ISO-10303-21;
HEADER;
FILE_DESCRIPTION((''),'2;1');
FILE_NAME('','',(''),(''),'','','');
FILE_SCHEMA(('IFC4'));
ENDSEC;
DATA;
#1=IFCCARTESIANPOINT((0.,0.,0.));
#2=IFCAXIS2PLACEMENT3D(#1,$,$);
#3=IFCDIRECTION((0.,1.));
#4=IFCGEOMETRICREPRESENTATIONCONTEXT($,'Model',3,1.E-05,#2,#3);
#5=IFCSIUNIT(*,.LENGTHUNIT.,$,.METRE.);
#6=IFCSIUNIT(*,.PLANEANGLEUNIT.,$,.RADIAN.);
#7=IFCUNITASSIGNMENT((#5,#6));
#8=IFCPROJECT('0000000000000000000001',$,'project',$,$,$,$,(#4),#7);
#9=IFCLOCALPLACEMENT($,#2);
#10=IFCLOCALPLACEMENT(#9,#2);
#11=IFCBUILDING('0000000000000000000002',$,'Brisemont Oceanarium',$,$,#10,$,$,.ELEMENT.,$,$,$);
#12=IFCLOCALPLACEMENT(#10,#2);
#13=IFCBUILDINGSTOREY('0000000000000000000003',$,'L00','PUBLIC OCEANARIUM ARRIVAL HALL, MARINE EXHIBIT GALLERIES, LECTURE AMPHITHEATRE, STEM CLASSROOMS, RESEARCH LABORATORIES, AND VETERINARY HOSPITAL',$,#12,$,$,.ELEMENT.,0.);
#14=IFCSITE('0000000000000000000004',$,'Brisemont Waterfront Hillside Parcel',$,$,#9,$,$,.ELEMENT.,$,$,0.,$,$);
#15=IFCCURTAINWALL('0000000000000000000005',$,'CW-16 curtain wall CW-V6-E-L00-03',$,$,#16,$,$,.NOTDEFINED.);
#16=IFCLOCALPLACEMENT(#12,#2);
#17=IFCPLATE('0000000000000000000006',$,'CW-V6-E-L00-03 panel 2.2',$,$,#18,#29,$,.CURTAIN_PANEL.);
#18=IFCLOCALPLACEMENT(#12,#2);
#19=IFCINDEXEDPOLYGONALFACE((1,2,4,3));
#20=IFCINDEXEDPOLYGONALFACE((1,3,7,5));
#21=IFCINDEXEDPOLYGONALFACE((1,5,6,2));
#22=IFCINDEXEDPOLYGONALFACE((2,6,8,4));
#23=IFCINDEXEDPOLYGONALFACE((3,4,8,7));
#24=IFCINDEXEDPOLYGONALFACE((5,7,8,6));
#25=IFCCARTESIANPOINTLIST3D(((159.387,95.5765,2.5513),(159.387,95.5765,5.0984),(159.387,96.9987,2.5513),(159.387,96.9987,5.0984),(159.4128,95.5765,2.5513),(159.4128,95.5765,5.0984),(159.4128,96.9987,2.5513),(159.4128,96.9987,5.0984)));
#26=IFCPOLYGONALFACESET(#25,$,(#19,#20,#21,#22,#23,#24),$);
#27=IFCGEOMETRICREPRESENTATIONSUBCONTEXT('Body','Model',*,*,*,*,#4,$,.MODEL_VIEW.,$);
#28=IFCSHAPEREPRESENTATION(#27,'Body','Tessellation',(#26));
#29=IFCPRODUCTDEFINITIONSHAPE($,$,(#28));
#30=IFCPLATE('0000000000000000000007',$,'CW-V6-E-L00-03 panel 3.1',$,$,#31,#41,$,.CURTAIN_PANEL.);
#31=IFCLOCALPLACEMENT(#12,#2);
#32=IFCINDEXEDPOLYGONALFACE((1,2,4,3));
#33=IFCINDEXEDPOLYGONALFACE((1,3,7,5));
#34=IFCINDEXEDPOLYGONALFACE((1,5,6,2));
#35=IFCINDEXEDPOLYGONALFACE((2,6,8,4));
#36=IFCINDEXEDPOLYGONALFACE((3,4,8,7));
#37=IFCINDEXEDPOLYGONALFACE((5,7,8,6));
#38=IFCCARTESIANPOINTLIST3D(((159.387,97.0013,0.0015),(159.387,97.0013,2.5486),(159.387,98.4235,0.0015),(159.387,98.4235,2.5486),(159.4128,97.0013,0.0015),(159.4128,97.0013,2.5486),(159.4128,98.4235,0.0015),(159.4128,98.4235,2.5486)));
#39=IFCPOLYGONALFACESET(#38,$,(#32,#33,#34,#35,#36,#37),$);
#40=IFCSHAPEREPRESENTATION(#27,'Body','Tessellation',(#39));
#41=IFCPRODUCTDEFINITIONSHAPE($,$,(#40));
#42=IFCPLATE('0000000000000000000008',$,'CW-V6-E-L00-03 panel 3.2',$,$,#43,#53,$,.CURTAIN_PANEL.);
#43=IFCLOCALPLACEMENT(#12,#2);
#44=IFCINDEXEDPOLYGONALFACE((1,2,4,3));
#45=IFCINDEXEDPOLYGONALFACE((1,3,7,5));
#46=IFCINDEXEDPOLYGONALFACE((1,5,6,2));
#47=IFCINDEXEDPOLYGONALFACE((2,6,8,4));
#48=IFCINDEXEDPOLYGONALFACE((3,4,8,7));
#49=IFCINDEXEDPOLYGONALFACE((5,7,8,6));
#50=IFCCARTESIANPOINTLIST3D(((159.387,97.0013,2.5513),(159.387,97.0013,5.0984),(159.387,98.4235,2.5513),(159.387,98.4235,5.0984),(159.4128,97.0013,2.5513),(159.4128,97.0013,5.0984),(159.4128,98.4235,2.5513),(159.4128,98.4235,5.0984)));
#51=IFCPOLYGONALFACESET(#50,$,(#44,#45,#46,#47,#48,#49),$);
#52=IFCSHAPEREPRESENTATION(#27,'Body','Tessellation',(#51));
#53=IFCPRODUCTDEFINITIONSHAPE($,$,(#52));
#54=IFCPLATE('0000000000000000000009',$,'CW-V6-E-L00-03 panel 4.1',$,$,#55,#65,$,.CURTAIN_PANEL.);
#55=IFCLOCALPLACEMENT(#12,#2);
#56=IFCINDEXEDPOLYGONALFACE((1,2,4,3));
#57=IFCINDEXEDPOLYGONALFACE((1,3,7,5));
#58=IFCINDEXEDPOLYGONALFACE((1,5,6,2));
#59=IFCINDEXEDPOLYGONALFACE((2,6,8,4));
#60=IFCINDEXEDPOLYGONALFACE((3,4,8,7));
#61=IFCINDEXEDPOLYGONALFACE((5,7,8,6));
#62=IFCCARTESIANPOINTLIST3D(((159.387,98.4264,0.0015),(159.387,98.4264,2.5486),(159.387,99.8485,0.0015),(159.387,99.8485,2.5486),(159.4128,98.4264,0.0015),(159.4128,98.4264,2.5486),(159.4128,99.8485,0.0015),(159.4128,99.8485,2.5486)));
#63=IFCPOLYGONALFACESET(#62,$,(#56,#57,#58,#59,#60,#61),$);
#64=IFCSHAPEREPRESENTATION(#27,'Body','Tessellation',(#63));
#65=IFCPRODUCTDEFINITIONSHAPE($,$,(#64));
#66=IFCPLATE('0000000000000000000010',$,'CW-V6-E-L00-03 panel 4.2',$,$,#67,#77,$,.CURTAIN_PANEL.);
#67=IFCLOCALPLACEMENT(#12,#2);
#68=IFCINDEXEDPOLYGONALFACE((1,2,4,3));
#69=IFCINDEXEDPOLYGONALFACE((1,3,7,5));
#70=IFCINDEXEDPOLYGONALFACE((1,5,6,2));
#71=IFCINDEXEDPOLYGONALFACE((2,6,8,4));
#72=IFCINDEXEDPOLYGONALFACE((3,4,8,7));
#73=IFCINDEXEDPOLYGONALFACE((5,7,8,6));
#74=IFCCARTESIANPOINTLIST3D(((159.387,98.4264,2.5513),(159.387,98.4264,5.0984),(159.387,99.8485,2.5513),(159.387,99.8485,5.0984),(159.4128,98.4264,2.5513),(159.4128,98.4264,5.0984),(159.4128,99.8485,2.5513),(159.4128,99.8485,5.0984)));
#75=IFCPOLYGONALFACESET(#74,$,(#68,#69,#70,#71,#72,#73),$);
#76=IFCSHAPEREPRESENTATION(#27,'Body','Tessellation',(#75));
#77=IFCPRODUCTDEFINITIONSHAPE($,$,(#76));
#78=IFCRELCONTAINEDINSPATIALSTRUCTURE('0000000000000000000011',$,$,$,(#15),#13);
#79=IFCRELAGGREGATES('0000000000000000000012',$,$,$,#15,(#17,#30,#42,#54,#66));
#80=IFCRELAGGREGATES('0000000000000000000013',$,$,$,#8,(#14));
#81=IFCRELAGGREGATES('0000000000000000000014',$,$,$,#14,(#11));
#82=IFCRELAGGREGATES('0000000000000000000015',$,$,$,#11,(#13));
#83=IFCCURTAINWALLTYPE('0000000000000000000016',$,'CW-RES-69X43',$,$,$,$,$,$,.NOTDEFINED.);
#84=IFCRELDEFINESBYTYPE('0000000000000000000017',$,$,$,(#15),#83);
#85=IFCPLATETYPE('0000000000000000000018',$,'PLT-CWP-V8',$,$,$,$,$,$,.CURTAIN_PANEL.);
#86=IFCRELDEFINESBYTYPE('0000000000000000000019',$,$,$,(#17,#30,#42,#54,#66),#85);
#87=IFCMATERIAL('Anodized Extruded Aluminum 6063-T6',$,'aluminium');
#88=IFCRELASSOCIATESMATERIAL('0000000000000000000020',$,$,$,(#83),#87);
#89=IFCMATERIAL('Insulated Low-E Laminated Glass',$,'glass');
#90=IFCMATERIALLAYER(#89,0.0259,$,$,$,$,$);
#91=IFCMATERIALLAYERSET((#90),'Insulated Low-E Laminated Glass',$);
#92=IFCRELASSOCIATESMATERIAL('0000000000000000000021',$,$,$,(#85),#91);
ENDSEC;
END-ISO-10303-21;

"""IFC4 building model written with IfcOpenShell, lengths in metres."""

from ifc_helpers import new_model, si_unit, direction, frame, origin, origin_2d, place, context, subcontext, project, spatial, rectangle, extrude, material, layer, layer_set, type_object, element, aggregate, save


model = new_model("IFC4")

# Units and contexts
model_context = context("Model", 3, precision=1e-05, world=origin(), true_north=direction((0.0, 1.0)))
body_context = subcontext(model_context, "Body", "Model", "MODEL_VIEW")
ifc_project = project(units=[si_unit("LENGTHUNIT", "METRE"), si_unit("PLANEANGLEUNIT", "RADIAN")], contexts=[model_context])

# Site, building, storey
site_placement = place(None, origin())
site = spatial("IfcSite", under=ifc_project, at=site_placement, Name="Brisemont Waterfront Hillside Parcel", CompositionType="ELEMENT", RefElevation=0.0)
building_placement = place(site_placement, origin())
building = spatial("IfcBuilding", under=site, at=building_placement, Name="Brisemont Oceanarium", CompositionType="ELEMENT")
storey_placement = place(building_placement, origin())
storey = spatial("IfcBuildingStorey", under=building, at=storey_placement, Name="L00", Description="PUBLIC OCEANARIUM ARRIVAL HALL, MARINE EXHIBIT GALLERIES, LECTURE AMPHITHEATRE, STEM CLASSROOMS, RESEARCH LABORATORIES, AND VETERINARY HOSPITAL", CompositionType="ELEMENT", Elevation=0.0)

# Curtain wall
ifc_material_1 = material(Name="Anodized Extruded Aluminum 6063-T6", Category="aluminium")
curtain_wall_type = type_object("IfcCurtainWallType", Name="CW-RES-69X43", PredefinedType="NOTDEFINED", material=ifc_material_1)
curtain_wall_1_placement = place(storey_placement, origin())
curtain_wall_1 = element("IfcCurtainWall", 1, at=curtain_wall_1_placement, inside=storey, type_object=curtain_wall_type, Name="CW-16 curtain wall CW-V6-E-L00-03", PredefinedType="NOTDEFINED")

# Plates
ifc_material_2 = material(Name="Insulated Low-E Laminated Glass", Category="glass")
ifc_layer = layer(ifc_material_2, 0.0259)
ifc_layer_set = layer_set([ifc_layer], Name="Insulated Low-E Laminated Glass")
plate_type = type_object("IfcPlateType", Name="PLT-CWP-V8", PredefinedType="CURTAIN_PANEL", material=ifc_layer_set)
plate_1_placement = place(storey_placement, frame((159.3999, 96.2876, 2.5513), z_axis=(0.0, 0.0, 1.0), x_axis=(0.0, 1.0, 0.0)))
plate_1 = element("IfcPlate", 2, at=plate_1_placement, type_object=plate_type, Name="CW-V6-E-L00-03 panel 2.2", PredefinedType="CURTAIN_PANEL", context=body_context, shape_type="SweptSolid", body=[
    extrude(rectangle(XDim=1.4221, YDim=0.0259, at=origin_2d()), origin(), (0.0, 0.0, 1.0), 2.5471),
])
plate_2_placement = place(storey_placement, frame((159.3999, 97.7124, 0.0015), z_axis=(0.0, 0.0, 1.0), x_axis=(0.0, 1.0, 0.0)))
plate_2 = element("IfcPlate", 3, at=plate_2_placement, type_object=plate_type, Name="CW-V6-E-L00-03 panel 3.1", PredefinedType="CURTAIN_PANEL", context=body_context, shape_type="SweptSolid", body=[
    extrude(rectangle(XDim=1.4221, YDim=0.0259, at=origin_2d()), origin(), (0.0, 0.0, 1.0), 2.5471),
])
plate_3_placement = place(storey_placement, frame((159.3999, 97.7124, 2.5513), z_axis=(0.0, 0.0, 1.0), x_axis=(0.0, 1.0, 0.0)))
plate_3 = element("IfcPlate", 4, at=plate_3_placement, type_object=plate_type, Name="CW-V6-E-L00-03 panel 3.2", PredefinedType="CURTAIN_PANEL", context=body_context, shape_type="SweptSolid", body=[
    extrude(rectangle(XDim=1.4221, YDim=0.0259, at=origin_2d()), origin(), (0.0, 0.0, 1.0), 2.5471),
])
plate_4_placement = place(storey_placement, frame((159.3999, 99.1375, 0.0015), z_axis=(0.0, 0.0, 1.0), x_axis=(0.0, 1.0, 0.0)))
plate_4 = element("IfcPlate", 5, at=plate_4_placement, type_object=plate_type, Name="CW-V6-E-L00-03 panel 4.1", PredefinedType="CURTAIN_PANEL", context=body_context, shape_type="SweptSolid", body=[
    extrude(rectangle(XDim=1.4221, YDim=0.0259, at=origin_2d()), origin(), (0.0, 0.0, 1.0), 2.5471),
])
plate_5_placement = place(storey_placement, frame((159.3999, 99.1375, 2.5513), z_axis=(0.0, 0.0, 1.0), x_axis=(0.0, 1.0, 0.0)))
plate_5 = element("IfcPlate", 6, at=plate_5_placement, type_object=plate_type, Name="CW-V6-E-L00-03 panel 4.2", PredefinedType="CURTAIN_PANEL", context=body_context, shape_type="SweptSolid", body=[
    extrude(rectangle(XDim=1.4221, YDim=0.0259, at=origin_2d()), origin(), (0.0, 0.0, 1.0), 2.5471),
])
aggregate(curtain_wall_1, [plate_1, plate_2, plate_3, plate_4, plate_5])

save(model, "model.ifc")
